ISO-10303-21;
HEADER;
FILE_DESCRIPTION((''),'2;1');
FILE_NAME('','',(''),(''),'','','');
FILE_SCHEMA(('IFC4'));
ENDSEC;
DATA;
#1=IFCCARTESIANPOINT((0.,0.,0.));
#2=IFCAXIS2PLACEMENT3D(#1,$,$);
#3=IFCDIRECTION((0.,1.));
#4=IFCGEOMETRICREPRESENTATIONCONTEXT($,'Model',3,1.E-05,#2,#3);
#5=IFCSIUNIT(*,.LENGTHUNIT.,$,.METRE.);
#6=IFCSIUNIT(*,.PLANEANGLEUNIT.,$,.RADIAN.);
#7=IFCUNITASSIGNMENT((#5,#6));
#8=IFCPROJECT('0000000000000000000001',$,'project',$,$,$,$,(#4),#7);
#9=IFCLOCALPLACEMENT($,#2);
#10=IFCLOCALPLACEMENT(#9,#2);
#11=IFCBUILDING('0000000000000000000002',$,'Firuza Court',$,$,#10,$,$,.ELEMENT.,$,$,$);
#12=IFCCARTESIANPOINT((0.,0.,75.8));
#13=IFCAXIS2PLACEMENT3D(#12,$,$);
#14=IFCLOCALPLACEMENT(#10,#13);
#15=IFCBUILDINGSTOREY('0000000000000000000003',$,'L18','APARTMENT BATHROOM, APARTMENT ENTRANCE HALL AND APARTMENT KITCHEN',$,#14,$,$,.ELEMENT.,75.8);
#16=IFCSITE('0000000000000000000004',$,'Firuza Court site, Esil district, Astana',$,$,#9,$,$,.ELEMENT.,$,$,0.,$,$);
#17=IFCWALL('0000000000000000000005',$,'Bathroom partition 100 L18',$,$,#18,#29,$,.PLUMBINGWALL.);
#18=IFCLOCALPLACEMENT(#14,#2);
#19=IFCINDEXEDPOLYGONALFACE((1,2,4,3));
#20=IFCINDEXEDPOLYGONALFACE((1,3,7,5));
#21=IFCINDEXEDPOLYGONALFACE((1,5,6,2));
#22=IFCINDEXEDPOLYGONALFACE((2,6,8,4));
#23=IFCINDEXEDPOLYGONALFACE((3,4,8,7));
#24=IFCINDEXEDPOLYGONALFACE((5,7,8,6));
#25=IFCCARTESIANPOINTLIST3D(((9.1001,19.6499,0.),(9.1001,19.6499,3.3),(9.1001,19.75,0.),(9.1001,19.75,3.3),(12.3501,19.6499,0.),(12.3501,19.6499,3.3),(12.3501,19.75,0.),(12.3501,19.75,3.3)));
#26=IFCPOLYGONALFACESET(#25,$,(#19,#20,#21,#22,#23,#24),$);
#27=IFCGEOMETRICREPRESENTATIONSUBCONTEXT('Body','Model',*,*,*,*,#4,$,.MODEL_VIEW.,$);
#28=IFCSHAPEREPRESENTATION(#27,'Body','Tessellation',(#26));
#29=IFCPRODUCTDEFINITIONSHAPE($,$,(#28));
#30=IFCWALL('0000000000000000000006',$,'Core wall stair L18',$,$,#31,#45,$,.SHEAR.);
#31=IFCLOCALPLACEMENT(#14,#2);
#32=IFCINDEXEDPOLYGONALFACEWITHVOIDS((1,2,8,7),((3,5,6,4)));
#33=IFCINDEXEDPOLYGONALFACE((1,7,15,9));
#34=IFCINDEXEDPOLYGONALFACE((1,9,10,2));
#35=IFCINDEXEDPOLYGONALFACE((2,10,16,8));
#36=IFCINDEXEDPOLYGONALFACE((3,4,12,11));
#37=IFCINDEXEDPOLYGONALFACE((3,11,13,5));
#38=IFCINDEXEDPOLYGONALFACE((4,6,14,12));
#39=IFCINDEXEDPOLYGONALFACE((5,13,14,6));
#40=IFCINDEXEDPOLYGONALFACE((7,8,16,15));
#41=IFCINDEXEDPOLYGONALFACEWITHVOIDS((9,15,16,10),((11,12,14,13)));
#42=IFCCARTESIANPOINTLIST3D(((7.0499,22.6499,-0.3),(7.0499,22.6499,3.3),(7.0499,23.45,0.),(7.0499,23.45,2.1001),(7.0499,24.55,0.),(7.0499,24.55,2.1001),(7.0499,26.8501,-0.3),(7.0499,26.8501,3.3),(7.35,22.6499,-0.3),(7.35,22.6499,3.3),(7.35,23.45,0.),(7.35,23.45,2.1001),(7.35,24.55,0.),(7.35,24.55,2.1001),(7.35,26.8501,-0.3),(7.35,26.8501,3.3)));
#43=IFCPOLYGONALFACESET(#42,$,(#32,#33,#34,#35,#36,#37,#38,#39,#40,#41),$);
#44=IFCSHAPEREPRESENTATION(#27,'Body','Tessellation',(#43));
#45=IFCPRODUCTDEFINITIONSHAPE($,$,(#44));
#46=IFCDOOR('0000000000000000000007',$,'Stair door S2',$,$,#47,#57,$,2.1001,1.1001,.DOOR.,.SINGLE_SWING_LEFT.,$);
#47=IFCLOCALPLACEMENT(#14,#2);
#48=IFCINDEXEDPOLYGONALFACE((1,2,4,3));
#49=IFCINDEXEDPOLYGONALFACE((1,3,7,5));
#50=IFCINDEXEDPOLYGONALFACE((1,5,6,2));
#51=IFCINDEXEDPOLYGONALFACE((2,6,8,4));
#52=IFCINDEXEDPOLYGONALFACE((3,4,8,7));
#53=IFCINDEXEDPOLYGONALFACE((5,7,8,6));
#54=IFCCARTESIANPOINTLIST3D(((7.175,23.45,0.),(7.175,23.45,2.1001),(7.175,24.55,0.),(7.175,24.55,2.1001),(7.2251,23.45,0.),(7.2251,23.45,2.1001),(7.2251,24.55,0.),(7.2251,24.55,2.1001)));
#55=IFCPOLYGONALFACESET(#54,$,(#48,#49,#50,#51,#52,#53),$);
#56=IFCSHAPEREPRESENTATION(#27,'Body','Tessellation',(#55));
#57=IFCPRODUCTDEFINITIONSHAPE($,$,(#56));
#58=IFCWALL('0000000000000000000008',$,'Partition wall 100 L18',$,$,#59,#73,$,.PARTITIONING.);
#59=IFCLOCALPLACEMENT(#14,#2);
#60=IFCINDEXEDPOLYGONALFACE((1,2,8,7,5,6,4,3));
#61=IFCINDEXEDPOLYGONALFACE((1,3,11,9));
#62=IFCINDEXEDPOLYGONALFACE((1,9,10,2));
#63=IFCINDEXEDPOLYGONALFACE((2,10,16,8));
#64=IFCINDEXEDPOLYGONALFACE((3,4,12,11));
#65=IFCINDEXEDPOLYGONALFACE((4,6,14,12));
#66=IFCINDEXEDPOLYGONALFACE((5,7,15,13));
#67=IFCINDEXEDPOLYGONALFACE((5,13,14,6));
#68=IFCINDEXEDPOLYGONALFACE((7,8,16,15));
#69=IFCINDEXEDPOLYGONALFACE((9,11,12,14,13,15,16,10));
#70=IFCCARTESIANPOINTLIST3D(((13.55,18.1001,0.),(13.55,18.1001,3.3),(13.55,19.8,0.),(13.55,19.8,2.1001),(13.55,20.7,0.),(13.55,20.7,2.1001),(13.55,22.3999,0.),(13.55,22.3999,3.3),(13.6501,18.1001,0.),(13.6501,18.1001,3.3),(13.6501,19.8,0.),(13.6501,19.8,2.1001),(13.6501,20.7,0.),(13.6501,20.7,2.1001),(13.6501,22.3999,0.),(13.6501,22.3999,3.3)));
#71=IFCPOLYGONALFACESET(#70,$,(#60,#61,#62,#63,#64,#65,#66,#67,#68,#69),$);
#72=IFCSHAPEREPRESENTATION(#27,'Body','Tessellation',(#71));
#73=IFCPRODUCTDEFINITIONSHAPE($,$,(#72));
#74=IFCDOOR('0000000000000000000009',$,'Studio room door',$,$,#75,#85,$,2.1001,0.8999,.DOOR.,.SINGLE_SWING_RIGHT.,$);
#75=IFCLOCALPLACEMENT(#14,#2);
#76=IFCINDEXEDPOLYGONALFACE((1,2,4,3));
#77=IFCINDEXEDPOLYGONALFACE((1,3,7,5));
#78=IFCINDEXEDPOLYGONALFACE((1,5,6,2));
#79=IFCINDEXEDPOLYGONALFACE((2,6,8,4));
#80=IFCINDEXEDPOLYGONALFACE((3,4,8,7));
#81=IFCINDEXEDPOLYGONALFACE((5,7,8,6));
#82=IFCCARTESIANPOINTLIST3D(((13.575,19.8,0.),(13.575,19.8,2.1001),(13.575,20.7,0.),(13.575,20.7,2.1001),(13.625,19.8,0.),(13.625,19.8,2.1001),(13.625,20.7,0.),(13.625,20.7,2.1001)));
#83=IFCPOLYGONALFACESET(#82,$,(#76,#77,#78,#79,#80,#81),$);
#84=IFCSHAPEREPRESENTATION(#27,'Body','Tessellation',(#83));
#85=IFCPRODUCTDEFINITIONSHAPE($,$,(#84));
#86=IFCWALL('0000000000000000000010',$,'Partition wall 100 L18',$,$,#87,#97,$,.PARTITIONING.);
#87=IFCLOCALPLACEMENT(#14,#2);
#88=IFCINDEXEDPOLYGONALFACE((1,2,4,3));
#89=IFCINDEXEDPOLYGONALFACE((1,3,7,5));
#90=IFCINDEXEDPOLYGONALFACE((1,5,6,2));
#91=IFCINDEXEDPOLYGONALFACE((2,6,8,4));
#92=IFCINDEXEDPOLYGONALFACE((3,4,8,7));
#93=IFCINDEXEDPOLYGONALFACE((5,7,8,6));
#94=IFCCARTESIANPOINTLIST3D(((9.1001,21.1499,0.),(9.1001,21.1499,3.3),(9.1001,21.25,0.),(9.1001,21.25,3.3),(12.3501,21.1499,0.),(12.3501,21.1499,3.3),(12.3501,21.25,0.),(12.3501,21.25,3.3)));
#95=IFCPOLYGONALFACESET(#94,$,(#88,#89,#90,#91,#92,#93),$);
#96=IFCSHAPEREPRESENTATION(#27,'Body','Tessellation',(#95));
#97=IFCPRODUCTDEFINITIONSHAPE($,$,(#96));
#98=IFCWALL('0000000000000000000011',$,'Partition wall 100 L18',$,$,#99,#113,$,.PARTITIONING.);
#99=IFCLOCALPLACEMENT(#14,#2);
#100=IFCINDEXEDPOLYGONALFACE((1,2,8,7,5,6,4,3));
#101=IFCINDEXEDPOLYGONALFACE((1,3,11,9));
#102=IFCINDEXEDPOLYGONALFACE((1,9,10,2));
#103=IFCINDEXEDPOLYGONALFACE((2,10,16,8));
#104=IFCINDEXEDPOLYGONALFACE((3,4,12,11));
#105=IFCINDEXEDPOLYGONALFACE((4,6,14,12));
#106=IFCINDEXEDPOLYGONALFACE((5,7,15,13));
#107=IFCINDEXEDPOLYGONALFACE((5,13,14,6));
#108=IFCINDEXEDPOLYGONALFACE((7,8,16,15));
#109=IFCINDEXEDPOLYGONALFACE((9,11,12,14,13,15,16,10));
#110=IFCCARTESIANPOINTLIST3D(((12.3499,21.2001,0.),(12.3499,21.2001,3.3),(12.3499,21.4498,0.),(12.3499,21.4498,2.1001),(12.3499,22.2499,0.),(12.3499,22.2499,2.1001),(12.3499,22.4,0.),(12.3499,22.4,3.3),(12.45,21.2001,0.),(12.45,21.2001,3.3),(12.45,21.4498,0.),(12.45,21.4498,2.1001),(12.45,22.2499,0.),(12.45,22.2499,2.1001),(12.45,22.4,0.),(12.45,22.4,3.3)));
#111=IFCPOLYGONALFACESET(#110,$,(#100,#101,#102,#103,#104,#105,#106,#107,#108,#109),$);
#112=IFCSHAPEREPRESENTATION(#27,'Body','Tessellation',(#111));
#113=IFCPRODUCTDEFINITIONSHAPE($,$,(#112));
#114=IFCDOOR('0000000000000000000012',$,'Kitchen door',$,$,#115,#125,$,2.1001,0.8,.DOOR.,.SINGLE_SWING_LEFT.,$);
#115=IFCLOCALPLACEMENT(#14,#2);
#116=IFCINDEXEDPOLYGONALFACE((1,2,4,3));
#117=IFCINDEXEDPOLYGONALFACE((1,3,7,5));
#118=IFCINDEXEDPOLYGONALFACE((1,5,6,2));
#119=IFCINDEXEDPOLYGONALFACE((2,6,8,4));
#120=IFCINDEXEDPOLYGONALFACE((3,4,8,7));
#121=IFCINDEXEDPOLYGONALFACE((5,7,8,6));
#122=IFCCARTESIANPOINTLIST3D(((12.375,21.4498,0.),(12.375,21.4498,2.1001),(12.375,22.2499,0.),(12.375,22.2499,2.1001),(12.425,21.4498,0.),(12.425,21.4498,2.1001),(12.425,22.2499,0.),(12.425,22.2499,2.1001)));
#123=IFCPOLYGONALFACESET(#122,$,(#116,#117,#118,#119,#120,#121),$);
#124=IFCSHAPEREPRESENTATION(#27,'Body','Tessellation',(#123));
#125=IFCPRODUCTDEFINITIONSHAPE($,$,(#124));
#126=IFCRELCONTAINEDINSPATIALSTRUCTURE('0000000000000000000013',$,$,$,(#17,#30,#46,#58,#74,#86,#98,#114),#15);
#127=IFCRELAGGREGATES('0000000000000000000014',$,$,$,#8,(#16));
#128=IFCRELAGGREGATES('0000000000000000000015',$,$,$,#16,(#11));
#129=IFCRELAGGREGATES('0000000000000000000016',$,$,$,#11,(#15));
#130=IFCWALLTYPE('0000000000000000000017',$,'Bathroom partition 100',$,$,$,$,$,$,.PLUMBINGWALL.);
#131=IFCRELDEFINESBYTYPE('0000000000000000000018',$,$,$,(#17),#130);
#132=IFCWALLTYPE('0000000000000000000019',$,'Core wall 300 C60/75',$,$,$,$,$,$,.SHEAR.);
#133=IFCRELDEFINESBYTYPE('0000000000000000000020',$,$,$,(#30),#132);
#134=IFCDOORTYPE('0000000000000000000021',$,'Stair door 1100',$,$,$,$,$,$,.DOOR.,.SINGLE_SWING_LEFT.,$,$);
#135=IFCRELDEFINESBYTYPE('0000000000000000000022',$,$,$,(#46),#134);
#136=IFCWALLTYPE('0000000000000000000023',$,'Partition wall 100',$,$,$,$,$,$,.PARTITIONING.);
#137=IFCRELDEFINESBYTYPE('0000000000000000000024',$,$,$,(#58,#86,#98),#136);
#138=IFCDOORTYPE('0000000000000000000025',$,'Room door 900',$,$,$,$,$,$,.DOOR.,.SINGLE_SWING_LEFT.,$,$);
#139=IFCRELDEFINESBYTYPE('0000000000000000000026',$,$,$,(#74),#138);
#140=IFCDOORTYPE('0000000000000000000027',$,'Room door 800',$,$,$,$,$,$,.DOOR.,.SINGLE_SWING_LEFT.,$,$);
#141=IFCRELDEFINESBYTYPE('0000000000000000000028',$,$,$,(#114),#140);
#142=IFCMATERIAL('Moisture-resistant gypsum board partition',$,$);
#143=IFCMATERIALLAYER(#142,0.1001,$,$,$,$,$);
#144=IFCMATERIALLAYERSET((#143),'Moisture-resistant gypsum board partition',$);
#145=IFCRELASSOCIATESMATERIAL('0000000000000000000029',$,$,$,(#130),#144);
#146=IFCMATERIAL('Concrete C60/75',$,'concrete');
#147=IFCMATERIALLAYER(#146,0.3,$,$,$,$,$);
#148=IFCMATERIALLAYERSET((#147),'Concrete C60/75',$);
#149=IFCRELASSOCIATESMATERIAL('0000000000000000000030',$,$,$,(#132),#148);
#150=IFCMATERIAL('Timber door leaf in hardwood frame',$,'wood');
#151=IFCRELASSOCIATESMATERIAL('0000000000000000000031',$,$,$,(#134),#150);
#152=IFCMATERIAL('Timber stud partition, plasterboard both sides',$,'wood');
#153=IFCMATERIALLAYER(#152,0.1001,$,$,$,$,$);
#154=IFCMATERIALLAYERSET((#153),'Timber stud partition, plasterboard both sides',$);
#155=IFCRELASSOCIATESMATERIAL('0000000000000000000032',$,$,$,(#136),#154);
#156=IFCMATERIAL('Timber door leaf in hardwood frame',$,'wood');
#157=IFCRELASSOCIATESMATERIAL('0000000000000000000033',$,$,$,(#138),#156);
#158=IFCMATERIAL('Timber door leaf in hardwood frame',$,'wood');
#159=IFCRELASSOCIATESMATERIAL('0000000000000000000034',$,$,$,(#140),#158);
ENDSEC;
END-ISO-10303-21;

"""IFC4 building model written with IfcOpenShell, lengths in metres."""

from ifc_helpers import new_model, si_unit, direction, frame, frame_2d, origin, place, context, subcontext, project, spatial, rectangle, extrude, material, layer, layer_set, type_object, element, fill, save


model = new_model("IFC4")

# Units and contexts
model_context = context("Model", 3, precision=1e-05, world=origin(), true_north=direction((0.0, 1.0)))
body_context = subcontext(model_context, "Body", "Model", "MODEL_VIEW")
ifc_project = project(units=[si_unit("LENGTHUNIT", "METRE"), si_unit("PLANEANGLEUNIT", "RADIAN")], contexts=[model_context])

# Site, building, storey
site_placement = place(None, origin())
site = spatial("IfcSite", under=ifc_project, at=site_placement, Name="Firuza Court site, Esil district, Astana", CompositionType="ELEMENT", RefElevation=0.0)
building_placement = place(site_placement, origin())
building = spatial("IfcBuilding", under=site, at=building_placement, Name="Firuza Court", CompositionType="ELEMENT")
storey_placement = place(building_placement, frame((0.0, 0.0, 75.8)))
storey = spatial("IfcBuildingStorey", under=building, at=storey_placement, Name="L18", Description="APARTMENT BATHROOM, APARTMENT ENTRANCE HALL AND APARTMENT KITCHEN", CompositionType="ELEMENT", Elevation=75.8)

# Wall
ifc_material_1 = material(Name="Moisture-resistant gypsum board partition")
ifc_layer_1 = layer(ifc_material_1, 0.1001)
ifc_layer_set_1 = layer_set([ifc_layer_1], Name="Moisture-resistant gypsum board partition")
wall_type_1 = type_object("IfcWallType", Name="Bathroom partition 100", PredefinedType="PLUMBINGWALL", material=ifc_layer_set_1)
wall_1_placement = place(storey_placement, frame((9.1001, 19.7, 0.0), z_axis=(0.0, 0.0, 1.0), x_axis=(1.0, 0.0, 0.0)))
element("IfcWall", 1, at=wall_1_placement, inside=storey, type_object=wall_type_1, Name="Bathroom partition 100 L18", PredefinedType="PLUMBINGWALL", context=body_context, shape_type="SweptSolid", body=[
    extrude(rectangle(XDim=3.25, YDim=0.1001, at=frame_2d((1.625, 0.0))), origin(), (0.0, 0.0, 1.0), 3.3),
])

# Walls, openings, doors
ifc_material_2 = material(Name="Concrete C60/75", Category="concrete")
ifc_layer_2 = layer(ifc_material_2, 0.3)
ifc_layer_set_2 = layer_set([ifc_layer_2], Name="Concrete C60/75")
wall_type_2 = type_object("IfcWallType", Name="Core wall 300 C60/75", PredefinedType="SHEAR", material=ifc_layer_set_2)
wall_2_placement = place(storey_placement, frame((7.2, 22.6499, -0.3), z_axis=(0.0, 0.0, 1.0), x_axis=(0.0, 1.0, 0.0)))
wall_2 = element("IfcWall", 2, at=wall_2_placement, inside=storey, type_object=wall_type_2, Name="Core wall stair L18", PredefinedType="SHEAR", context=body_context, shape_type="SweptSolid", body=[
    extrude(rectangle(XDim=4.2002, YDim=0.3, at=frame_2d((2.1001, 0.0))), origin(), (0.0, 0.0, 1.0), 3.6001),
])
opening_1_placement = place(wall_2_placement, frame((0.8, 0.0, 0.3)))
opening_1 = element("IfcOpeningElement", 3, at=opening_1_placement, cuts=wall_2, PredefinedType="OPENING", context=body_context, shape_type="SweptSolid", body=[
    extrude(rectangle(XDim=1.1001, YDim=2.1001, at=frame_2d((0.55, 1.05))), frame((0.0, 0.1621, 0.0), z_axis=(0.0, -1.0, 0.0), x_axis=(1.0, 0.0, 0.0)), (0.0, 0.0, 1.0), 0.324),
])
ifc_material_3 = material(Name="Timber door leaf in hardwood frame", Category="wood")
door_type_1 = type_object("IfcDoorType", Name="Stair door 1100", OperationType="SINGLE_SWING_LEFT", PredefinedType="DOOR", material=ifc_material_3)
door_1_placement = place(opening_1_placement, origin())
door_1 = element("IfcDoor", 4, at=door_1_placement, inside=storey, type_object=door_type_1, Name="Stair door S2", OperationType="SINGLE_SWING_LEFT", OverallHeight=2.1001, OverallWidth=1.1001, PredefinedType="DOOR", context=body_context, shape_type="SweptSolid", body=[
    extrude(rectangle(XDim=1.1001, YDim=2.1001, at=frame_2d((0.55, 1.05))), frame((0.0, 0.0249, 0.0), z_axis=(0.0, -1.0, 0.0), x_axis=(1.0, 0.0, 0.0)), (0.0, 0.0, 1.0), 0.05),
])
fill(opening_1, door_1)
ifc_material_4 = material(Name="Timber stud partition, plasterboard both sides", Category="wood")
ifc_layer_3 = layer(ifc_material_4, 0.1001)
ifc_layer_set_3 = layer_set([ifc_layer_3], Name="Timber stud partition, plasterboard both sides")
wall_type_3 = type_object("IfcWallType", Name="Partition wall 100", PredefinedType="PARTITIONING", material=ifc_layer_set_3)
wall_3_placement = place(storey_placement, frame((13.6001, 18.1001, 0.0), z_axis=(0.0, 0.0, 1.0), x_axis=(0.0, 1.0, 0.0)))
wall_3 = element("IfcWall", 5, at=wall_3_placement, inside=storey, type_object=wall_type_3, Name="Partition wall 100 L18", PredefinedType="PARTITIONING", context=body_context, shape_type="SweptSolid", body=[
    extrude(rectangle(XDim=4.2998, YDim=0.1001, at=frame_2d((2.1499, 0.0))), origin(), (0.0, 0.0, 1.0), 3.3),
])
opening_2_placement = place(wall_3_placement, frame((1.7, 0.0, 0.0)))
opening_2 = element("IfcOpeningElement", 6, at=opening_2_placement, cuts=wall_3, PredefinedType="OPENING", context=body_context, shape_type="SweptSolid", body=[
    extrude(rectangle(XDim=0.8999, YDim=2.1001, at=frame_2d((0.45, 1.05))), frame((0.0, 0.062, 0.0), z_axis=(0.0, -1.0, 0.0), x_axis=(1.0, 0.0, 0.0)), (0.0, 0.0, 1.0), 0.124),
])
ifc_material_5 = material(Name="Timber door leaf in hardwood frame", Category="wood")
door_type_2 = type_object("IfcDoorType", Name="Room door 900", OperationType="SINGLE_SWING_LEFT", PredefinedType="DOOR", material=ifc_material_5)
door_2_placement = place(opening_2_placement, frame((0.8999, 0.0, 0.0), z_axis=(0.0, 0.0, 1.0), x_axis=(-1.0, 0.0, 0.0)))
door_2 = element("IfcDoor", 7, at=door_2_placement, inside=storey, type_object=door_type_2, Name="Studio room door", OperationType="SINGLE_SWING_RIGHT", OverallHeight=2.1001, OverallWidth=0.8999, PredefinedType="DOOR", context=body_context, shape_type="SweptSolid", body=[
    extrude(rectangle(XDim=0.8999, YDim=2.1001, at=frame_2d((0.45, 1.05))), frame((0.0, 0.0249, 0.0), z_axis=(0.0, -1.0, 0.0), x_axis=(1.0, 0.0, 0.0)), (0.0, 0.0, 1.0), 0.05),
])
fill(opening_2, door_2)

# Wall
wall_4_placement = place(storey_placement, frame((9.1001, 21.2, 0.0), z_axis=(0.0, 0.0, 1.0), x_axis=(1.0, 0.0, 0.0)))
element("IfcWall", 8, at=wall_4_placement, inside=storey, type_object=wall_type_3, Name="Partition wall 100 L18", PredefinedType="PARTITIONING", context=body_context, shape_type="SweptSolid", body=[
    extrude(rectangle(XDim=3.25, YDim=0.1001, at=frame_2d((1.625, 0.0))), origin(), (0.0, 0.0, 1.0), 3.3),
])

# Wall, opening, door
wall_5_placement = place(storey_placement, frame((12.3999, 21.2, 0.0), z_axis=(0.0, 0.0, 1.0), x_axis=(0.0, 1.0, 0.0)))
wall_5 = element("IfcWall", 9, at=wall_5_placement, inside=storey, type_object=wall_type_3, Name="Partition wall 100 L18", PredefinedType="PARTITIONING", context=body_context, shape_type="SweptSolid", body=[
    extrude(rectangle(XDim=1.2, YDim=0.1001, at=frame_2d((0.6001, 0.0))), origin(), (0.0, 0.0, 1.0), 3.3),
])
opening_3_placement = place(wall_5_placement, frame((0.25, 0.0, 0.0)))
opening_3 = element("IfcOpeningElement", 10, at=opening_3_placement, cuts=wall_5, PredefinedType="OPENING", context=body_context, shape_type="SweptSolid", body=[
    extrude(rectangle(XDim=0.8, YDim=2.1001, at=frame_2d((0.3999, 1.05))), frame((0.0, 0.062, 0.0), z_axis=(0.0, -1.0, 0.0), x_axis=(1.0, 0.0, 0.0)), (0.0, 0.0, 1.0), 0.124),
])
ifc_material_6 = material(Name="Timber door leaf in hardwood frame", Category="wood")
door_type_3 = type_object("IfcDoorType", Name="Room door 800", OperationType="SINGLE_SWING_LEFT", PredefinedType="DOOR", material=ifc_material_6)
door_3_placement = place(opening_3_placement, origin())
door_3 = element("IfcDoor", 11, at=door_3_placement, inside=storey, type_object=door_type_3, Name="Kitchen door", OperationType="SINGLE_SWING_LEFT", OverallHeight=2.1001, OverallWidth=0.8, PredefinedType="DOOR", context=body_context, shape_type="SweptSolid", body=[
    extrude(rectangle(XDim=0.8, YDim=2.1001, at=frame_2d((0.3999, 1.05))), frame((0.0, 0.0249, 0.0), z_axis=(0.0, -1.0, 0.0), x_axis=(1.0, 0.0, 0.0)), (0.0, 0.0, 1.0), 0.05),
])
fill(opening_3, door_3)

save(model, "model.ifc")
